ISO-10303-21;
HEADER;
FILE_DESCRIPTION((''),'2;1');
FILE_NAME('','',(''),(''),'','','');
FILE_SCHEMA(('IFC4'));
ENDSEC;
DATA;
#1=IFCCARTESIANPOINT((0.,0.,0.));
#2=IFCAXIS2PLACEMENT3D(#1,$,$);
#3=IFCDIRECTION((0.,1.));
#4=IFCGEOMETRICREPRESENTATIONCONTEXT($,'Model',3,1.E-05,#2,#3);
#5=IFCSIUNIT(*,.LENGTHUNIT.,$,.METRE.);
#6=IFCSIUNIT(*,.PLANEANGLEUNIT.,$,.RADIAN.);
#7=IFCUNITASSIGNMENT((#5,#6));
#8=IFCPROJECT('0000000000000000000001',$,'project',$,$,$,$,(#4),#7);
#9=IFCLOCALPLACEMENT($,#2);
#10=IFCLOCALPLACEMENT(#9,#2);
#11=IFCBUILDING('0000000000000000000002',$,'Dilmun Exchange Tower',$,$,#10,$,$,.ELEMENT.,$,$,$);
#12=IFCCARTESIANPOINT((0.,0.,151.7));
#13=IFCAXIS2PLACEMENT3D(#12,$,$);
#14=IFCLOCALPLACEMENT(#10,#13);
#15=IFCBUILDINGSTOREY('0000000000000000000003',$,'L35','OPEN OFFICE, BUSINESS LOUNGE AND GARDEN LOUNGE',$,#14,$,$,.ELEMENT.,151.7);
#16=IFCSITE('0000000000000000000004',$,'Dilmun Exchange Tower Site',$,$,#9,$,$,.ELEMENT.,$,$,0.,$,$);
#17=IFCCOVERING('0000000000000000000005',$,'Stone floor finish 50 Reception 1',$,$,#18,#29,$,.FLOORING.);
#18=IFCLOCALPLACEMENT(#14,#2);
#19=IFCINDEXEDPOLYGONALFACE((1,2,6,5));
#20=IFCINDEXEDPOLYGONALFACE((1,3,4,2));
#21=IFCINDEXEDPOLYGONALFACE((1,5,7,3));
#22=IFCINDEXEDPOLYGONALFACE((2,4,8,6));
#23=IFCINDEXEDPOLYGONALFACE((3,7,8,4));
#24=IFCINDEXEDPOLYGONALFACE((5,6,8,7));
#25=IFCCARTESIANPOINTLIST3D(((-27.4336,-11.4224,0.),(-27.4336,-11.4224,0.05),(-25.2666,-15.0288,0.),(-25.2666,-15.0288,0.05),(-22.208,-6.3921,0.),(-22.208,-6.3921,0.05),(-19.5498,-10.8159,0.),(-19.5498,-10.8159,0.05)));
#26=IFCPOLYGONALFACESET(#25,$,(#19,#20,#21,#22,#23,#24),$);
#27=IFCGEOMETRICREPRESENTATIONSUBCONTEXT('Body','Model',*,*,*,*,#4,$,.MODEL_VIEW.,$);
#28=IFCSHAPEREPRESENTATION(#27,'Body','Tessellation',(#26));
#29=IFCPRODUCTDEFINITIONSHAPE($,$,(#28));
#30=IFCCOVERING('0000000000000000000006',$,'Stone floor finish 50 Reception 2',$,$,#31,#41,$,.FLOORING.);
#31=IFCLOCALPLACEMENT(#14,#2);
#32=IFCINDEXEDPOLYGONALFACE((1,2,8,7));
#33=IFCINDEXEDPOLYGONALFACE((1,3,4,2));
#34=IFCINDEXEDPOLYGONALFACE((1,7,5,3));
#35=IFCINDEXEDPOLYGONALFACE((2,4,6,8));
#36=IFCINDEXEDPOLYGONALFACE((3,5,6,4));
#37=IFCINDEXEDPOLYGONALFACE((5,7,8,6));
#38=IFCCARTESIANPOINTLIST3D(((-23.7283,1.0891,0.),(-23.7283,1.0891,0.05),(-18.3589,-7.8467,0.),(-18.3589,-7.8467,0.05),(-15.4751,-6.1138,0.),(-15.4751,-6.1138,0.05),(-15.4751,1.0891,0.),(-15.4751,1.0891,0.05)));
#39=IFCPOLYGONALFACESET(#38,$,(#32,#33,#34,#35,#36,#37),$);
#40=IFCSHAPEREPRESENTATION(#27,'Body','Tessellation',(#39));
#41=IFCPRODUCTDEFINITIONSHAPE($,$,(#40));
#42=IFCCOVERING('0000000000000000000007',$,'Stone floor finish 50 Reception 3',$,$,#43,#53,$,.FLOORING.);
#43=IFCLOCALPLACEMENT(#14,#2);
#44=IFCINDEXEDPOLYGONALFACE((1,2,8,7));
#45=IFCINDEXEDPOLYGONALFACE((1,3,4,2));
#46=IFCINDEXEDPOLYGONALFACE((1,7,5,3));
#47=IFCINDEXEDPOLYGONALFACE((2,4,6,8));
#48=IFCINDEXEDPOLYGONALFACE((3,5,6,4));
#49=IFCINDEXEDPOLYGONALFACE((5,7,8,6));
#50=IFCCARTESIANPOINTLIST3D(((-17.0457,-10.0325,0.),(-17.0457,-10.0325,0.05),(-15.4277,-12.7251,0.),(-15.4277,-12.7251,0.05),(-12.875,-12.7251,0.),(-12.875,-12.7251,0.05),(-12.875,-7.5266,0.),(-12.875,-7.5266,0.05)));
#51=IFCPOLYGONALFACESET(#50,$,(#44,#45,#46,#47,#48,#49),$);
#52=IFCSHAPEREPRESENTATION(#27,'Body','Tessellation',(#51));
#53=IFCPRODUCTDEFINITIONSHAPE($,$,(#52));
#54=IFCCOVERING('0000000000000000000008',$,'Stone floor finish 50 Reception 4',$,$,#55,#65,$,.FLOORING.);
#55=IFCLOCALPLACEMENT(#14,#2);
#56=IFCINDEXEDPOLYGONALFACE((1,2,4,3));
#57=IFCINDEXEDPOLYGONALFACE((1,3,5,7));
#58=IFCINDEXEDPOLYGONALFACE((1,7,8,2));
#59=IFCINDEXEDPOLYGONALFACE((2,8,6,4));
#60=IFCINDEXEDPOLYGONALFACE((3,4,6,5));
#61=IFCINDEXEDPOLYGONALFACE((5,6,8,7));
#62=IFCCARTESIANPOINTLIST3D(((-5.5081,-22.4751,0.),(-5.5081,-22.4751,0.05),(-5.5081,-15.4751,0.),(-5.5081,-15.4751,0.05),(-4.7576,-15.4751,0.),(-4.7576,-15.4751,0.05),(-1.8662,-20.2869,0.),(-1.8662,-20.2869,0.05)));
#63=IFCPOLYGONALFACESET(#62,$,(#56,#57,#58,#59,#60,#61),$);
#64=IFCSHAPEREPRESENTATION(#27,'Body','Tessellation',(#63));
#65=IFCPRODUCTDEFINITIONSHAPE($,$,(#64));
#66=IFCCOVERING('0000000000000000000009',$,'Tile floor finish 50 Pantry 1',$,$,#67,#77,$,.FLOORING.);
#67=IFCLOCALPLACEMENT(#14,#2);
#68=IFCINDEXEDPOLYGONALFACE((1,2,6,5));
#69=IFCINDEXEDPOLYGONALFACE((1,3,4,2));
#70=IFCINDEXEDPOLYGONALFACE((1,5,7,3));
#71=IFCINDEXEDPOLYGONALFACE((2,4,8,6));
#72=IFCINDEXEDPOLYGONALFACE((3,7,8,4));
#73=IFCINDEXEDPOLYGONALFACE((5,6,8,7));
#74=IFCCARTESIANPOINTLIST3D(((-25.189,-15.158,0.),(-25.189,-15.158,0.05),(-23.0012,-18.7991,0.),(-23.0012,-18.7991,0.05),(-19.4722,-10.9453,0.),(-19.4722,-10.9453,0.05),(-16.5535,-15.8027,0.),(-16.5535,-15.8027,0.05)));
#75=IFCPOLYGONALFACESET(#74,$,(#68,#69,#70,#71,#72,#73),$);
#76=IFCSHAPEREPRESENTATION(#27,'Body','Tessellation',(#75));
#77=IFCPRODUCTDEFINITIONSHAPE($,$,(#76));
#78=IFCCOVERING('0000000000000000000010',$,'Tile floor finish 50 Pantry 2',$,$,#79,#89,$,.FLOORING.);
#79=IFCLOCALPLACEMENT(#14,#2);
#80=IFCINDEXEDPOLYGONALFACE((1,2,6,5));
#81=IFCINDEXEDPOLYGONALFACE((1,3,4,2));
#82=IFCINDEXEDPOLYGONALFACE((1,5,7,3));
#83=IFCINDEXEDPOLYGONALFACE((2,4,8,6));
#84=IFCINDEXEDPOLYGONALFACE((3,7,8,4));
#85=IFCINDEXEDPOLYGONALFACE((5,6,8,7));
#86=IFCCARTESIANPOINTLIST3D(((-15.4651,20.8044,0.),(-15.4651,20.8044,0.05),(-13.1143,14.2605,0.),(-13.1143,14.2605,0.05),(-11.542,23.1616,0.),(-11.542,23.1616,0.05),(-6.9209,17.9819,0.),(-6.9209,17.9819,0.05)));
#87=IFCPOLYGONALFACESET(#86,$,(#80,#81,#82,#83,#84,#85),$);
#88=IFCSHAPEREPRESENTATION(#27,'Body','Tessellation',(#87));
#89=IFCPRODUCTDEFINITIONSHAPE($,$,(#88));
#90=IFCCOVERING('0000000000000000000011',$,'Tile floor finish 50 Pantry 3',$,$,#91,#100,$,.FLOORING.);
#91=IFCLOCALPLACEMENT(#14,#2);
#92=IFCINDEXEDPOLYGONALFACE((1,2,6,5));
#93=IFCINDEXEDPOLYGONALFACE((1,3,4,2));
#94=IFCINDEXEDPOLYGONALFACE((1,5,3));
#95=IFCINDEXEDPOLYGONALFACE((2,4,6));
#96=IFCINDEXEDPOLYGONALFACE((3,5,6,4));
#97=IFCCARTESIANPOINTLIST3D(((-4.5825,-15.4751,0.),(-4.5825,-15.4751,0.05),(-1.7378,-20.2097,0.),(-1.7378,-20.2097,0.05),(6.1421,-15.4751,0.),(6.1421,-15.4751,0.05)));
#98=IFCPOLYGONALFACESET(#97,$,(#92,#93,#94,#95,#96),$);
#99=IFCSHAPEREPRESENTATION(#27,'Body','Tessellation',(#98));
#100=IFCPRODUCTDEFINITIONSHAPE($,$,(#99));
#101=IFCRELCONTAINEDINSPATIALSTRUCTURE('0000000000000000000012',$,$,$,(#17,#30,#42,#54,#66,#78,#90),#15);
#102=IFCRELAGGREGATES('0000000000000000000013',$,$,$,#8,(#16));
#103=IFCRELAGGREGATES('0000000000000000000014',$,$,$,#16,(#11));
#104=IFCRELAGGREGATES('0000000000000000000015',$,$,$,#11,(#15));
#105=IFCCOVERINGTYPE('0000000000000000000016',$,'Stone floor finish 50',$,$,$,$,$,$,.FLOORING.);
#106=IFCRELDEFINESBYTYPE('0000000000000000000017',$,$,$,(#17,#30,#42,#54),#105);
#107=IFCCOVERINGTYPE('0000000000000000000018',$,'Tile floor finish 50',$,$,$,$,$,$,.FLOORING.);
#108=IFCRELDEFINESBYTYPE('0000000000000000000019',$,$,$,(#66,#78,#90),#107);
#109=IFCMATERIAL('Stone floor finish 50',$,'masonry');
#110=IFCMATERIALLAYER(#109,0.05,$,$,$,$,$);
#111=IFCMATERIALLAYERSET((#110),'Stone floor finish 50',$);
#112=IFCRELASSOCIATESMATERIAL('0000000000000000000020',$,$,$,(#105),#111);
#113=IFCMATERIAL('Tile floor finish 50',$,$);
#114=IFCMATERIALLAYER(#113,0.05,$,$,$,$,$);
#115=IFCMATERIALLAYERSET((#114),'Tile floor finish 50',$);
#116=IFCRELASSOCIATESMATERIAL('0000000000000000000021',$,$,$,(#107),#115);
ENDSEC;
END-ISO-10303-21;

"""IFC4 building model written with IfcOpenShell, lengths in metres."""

from ifc_helpers import new_model, si_unit, direction, frame, origin, place, context, subcontext, project, spatial, polyline, outline, extrude, material, layer, layer_set, type_object, element, save


model = new_model("IFC4")

# Units and contexts
model_context = context("Model", 3, precision=1e-05, world=origin(), true_north=direction((0.0, 1.0)))
body_context = subcontext(model_context, "Body", "Model", "MODEL_VIEW")
ifc_project = project(units=[si_unit("LENGTHUNIT", "METRE"), si_unit("PLANEANGLEUNIT", "RADIAN")], contexts=[model_context])

# Site, building, storey
site_placement = place(None, origin())
site = spatial("IfcSite", under=ifc_project, at=site_placement, Name="Dilmun Exchange Tower Site", CompositionType="ELEMENT", RefElevation=0.0)
building_placement = place(site_placement, origin())
building = spatial("IfcBuilding", under=site, at=building_placement, Name="Dilmun Exchange Tower", CompositionType="ELEMENT")
storey_placement = place(building_placement, frame((0.0, 0.0, 151.7)))
storey = spatial("IfcBuildingStorey", under=building, at=storey_placement, Name="L35", Description="OPEN OFFICE, BUSINESS LOUNGE AND GARDEN LOUNGE", CompositionType="ELEMENT", Elevation=151.7)

# Coverings
ifc_material_1 = material(Name="Stone floor finish 50", Category="masonry")
ifc_layer_1 = layer(ifc_material_1, 0.05)
ifc_layer_set_1 = layer_set([ifc_layer_1], Name="Stone floor finish 50")
covering_type_1 = type_object("IfcCoveringType", Name="Stone floor finish 50", PredefinedType="FLOORING", material=ifc_layer_set_1)
covering_1_placement = place(storey_placement, origin())
element("IfcCovering", 1, at=covering_1_placement, inside=storey, type_object=covering_type_1, Name="Stone floor finish 50 Reception 1", PredefinedType="FLOORING", context=body_context, shape_type="SweptSolid", body=[
    extrude(outline(polyline([(-22.208, -6.3921), (-19.5498, -10.8159), (-25.2666, -15.0288), (-27.4336, -11.4224), (-22.208, -6.3921)])), origin(), (0.0, 0.0, 1.0), 0.05),
])
covering_2_placement = place(storey_placement, origin())
element("IfcCovering", 2, at=covering_2_placement, inside=storey, type_object=covering_type_1, Name="Stone floor finish 50 Reception 2", PredefinedType="FLOORING", context=body_context, shape_type="SweptSolid", body=[
    extrude(outline(polyline([(-23.7283, 1.0891), (-15.4751, 1.0891), (-15.4751, -6.1138), (-18.3589, -7.8467), (-23.7283, 1.0891)])), origin(), (0.0, 0.0, 1.0), 0.05),
])
covering_3_placement = place(storey_placement, origin())
element("IfcCovering", 3, at=covering_3_placement, inside=storey, type_object=covering_type_1, Name="Stone floor finish 50 Reception 3", PredefinedType="FLOORING", context=body_context, shape_type="SweptSolid", body=[
    extrude(outline(polyline([(-12.875, -7.5266), (-12.875, -12.7251), (-15.4277, -12.7251), (-17.0457, -10.0325), (-12.875, -7.5266)])), origin(), (0.0, 0.0, 1.0), 0.05),
])
covering_4_placement = place(storey_placement, origin())
element("IfcCovering", 4, at=covering_4_placement, inside=storey, type_object=covering_type_1, Name="Stone floor finish 50 Reception 4", PredefinedType="FLOORING", context=body_context, shape_type="SweptSolid", body=[
    extrude(outline(polyline([(-1.8662, -20.2869), (-5.5081, -22.4751), (-5.5081, -15.4751), (-4.7576, -15.4751), (-1.8662, -20.2869)])), origin(), (0.0, 0.0, 1.0), 0.05),
])
ifc_material_2 = material(Name="Tile floor finish 50")
ifc_layer_2 = layer(ifc_material_2, 0.05)
ifc_layer_set_2 = layer_set([ifc_layer_2], Name="Tile floor finish 50")
covering_type_2 = type_object("IfcCoveringType", Name="Tile floor finish 50", PredefinedType="FLOORING", material=ifc_layer_set_2)
covering_5_placement = place(storey_placement, origin())
element("IfcCovering", 5, at=covering_5_placement, inside=storey, type_object=covering_type_2, Name="Tile floor finish 50 Pantry 1", PredefinedType="FLOORING", context=body_context, shape_type="SweptSolid", body=[
    extrude(outline(polyline([(-19.4722, -10.9453), (-16.5535, -15.8027), (-23.0012, -18.7991), (-25.189, -15.158), (-19.4722, -10.9453)])), origin(), (0.0, 0.0, 1.0), 0.05),
])
covering_6_placement = place(storey_placement, origin())
element("IfcCovering", 6, at=covering_6_placement, inside=storey, type_object=covering_type_2, Name="Tile floor finish 50 Pantry 2", PredefinedType="FLOORING", context=body_context, shape_type="SweptSolid", body=[
    extrude(outline(polyline([(-6.9209, 17.9819), (-13.1143, 14.2605), (-15.4651, 20.8044), (-11.542, 23.1616), (-6.9209, 17.9819)])), origin(), (0.0, 0.0, 1.0), 0.05),
])
covering_7_placement = place(storey_placement, origin())
element("IfcCovering", 7, at=covering_7_placement, inside=storey, type_object=covering_type_2, Name="Tile floor finish 50 Pantry 3", PredefinedType="FLOORING", context=body_context, shape_type="SweptSolid", body=[
    extrude(outline(polyline([(-1.7378, -20.2097), (-4.5825, -15.4751), (6.1421, -15.4751), (-1.7378, -20.2097)])), origin(), (0.0, 0.0, 1.0), 0.05),
])

save(model, "model.ifc")
